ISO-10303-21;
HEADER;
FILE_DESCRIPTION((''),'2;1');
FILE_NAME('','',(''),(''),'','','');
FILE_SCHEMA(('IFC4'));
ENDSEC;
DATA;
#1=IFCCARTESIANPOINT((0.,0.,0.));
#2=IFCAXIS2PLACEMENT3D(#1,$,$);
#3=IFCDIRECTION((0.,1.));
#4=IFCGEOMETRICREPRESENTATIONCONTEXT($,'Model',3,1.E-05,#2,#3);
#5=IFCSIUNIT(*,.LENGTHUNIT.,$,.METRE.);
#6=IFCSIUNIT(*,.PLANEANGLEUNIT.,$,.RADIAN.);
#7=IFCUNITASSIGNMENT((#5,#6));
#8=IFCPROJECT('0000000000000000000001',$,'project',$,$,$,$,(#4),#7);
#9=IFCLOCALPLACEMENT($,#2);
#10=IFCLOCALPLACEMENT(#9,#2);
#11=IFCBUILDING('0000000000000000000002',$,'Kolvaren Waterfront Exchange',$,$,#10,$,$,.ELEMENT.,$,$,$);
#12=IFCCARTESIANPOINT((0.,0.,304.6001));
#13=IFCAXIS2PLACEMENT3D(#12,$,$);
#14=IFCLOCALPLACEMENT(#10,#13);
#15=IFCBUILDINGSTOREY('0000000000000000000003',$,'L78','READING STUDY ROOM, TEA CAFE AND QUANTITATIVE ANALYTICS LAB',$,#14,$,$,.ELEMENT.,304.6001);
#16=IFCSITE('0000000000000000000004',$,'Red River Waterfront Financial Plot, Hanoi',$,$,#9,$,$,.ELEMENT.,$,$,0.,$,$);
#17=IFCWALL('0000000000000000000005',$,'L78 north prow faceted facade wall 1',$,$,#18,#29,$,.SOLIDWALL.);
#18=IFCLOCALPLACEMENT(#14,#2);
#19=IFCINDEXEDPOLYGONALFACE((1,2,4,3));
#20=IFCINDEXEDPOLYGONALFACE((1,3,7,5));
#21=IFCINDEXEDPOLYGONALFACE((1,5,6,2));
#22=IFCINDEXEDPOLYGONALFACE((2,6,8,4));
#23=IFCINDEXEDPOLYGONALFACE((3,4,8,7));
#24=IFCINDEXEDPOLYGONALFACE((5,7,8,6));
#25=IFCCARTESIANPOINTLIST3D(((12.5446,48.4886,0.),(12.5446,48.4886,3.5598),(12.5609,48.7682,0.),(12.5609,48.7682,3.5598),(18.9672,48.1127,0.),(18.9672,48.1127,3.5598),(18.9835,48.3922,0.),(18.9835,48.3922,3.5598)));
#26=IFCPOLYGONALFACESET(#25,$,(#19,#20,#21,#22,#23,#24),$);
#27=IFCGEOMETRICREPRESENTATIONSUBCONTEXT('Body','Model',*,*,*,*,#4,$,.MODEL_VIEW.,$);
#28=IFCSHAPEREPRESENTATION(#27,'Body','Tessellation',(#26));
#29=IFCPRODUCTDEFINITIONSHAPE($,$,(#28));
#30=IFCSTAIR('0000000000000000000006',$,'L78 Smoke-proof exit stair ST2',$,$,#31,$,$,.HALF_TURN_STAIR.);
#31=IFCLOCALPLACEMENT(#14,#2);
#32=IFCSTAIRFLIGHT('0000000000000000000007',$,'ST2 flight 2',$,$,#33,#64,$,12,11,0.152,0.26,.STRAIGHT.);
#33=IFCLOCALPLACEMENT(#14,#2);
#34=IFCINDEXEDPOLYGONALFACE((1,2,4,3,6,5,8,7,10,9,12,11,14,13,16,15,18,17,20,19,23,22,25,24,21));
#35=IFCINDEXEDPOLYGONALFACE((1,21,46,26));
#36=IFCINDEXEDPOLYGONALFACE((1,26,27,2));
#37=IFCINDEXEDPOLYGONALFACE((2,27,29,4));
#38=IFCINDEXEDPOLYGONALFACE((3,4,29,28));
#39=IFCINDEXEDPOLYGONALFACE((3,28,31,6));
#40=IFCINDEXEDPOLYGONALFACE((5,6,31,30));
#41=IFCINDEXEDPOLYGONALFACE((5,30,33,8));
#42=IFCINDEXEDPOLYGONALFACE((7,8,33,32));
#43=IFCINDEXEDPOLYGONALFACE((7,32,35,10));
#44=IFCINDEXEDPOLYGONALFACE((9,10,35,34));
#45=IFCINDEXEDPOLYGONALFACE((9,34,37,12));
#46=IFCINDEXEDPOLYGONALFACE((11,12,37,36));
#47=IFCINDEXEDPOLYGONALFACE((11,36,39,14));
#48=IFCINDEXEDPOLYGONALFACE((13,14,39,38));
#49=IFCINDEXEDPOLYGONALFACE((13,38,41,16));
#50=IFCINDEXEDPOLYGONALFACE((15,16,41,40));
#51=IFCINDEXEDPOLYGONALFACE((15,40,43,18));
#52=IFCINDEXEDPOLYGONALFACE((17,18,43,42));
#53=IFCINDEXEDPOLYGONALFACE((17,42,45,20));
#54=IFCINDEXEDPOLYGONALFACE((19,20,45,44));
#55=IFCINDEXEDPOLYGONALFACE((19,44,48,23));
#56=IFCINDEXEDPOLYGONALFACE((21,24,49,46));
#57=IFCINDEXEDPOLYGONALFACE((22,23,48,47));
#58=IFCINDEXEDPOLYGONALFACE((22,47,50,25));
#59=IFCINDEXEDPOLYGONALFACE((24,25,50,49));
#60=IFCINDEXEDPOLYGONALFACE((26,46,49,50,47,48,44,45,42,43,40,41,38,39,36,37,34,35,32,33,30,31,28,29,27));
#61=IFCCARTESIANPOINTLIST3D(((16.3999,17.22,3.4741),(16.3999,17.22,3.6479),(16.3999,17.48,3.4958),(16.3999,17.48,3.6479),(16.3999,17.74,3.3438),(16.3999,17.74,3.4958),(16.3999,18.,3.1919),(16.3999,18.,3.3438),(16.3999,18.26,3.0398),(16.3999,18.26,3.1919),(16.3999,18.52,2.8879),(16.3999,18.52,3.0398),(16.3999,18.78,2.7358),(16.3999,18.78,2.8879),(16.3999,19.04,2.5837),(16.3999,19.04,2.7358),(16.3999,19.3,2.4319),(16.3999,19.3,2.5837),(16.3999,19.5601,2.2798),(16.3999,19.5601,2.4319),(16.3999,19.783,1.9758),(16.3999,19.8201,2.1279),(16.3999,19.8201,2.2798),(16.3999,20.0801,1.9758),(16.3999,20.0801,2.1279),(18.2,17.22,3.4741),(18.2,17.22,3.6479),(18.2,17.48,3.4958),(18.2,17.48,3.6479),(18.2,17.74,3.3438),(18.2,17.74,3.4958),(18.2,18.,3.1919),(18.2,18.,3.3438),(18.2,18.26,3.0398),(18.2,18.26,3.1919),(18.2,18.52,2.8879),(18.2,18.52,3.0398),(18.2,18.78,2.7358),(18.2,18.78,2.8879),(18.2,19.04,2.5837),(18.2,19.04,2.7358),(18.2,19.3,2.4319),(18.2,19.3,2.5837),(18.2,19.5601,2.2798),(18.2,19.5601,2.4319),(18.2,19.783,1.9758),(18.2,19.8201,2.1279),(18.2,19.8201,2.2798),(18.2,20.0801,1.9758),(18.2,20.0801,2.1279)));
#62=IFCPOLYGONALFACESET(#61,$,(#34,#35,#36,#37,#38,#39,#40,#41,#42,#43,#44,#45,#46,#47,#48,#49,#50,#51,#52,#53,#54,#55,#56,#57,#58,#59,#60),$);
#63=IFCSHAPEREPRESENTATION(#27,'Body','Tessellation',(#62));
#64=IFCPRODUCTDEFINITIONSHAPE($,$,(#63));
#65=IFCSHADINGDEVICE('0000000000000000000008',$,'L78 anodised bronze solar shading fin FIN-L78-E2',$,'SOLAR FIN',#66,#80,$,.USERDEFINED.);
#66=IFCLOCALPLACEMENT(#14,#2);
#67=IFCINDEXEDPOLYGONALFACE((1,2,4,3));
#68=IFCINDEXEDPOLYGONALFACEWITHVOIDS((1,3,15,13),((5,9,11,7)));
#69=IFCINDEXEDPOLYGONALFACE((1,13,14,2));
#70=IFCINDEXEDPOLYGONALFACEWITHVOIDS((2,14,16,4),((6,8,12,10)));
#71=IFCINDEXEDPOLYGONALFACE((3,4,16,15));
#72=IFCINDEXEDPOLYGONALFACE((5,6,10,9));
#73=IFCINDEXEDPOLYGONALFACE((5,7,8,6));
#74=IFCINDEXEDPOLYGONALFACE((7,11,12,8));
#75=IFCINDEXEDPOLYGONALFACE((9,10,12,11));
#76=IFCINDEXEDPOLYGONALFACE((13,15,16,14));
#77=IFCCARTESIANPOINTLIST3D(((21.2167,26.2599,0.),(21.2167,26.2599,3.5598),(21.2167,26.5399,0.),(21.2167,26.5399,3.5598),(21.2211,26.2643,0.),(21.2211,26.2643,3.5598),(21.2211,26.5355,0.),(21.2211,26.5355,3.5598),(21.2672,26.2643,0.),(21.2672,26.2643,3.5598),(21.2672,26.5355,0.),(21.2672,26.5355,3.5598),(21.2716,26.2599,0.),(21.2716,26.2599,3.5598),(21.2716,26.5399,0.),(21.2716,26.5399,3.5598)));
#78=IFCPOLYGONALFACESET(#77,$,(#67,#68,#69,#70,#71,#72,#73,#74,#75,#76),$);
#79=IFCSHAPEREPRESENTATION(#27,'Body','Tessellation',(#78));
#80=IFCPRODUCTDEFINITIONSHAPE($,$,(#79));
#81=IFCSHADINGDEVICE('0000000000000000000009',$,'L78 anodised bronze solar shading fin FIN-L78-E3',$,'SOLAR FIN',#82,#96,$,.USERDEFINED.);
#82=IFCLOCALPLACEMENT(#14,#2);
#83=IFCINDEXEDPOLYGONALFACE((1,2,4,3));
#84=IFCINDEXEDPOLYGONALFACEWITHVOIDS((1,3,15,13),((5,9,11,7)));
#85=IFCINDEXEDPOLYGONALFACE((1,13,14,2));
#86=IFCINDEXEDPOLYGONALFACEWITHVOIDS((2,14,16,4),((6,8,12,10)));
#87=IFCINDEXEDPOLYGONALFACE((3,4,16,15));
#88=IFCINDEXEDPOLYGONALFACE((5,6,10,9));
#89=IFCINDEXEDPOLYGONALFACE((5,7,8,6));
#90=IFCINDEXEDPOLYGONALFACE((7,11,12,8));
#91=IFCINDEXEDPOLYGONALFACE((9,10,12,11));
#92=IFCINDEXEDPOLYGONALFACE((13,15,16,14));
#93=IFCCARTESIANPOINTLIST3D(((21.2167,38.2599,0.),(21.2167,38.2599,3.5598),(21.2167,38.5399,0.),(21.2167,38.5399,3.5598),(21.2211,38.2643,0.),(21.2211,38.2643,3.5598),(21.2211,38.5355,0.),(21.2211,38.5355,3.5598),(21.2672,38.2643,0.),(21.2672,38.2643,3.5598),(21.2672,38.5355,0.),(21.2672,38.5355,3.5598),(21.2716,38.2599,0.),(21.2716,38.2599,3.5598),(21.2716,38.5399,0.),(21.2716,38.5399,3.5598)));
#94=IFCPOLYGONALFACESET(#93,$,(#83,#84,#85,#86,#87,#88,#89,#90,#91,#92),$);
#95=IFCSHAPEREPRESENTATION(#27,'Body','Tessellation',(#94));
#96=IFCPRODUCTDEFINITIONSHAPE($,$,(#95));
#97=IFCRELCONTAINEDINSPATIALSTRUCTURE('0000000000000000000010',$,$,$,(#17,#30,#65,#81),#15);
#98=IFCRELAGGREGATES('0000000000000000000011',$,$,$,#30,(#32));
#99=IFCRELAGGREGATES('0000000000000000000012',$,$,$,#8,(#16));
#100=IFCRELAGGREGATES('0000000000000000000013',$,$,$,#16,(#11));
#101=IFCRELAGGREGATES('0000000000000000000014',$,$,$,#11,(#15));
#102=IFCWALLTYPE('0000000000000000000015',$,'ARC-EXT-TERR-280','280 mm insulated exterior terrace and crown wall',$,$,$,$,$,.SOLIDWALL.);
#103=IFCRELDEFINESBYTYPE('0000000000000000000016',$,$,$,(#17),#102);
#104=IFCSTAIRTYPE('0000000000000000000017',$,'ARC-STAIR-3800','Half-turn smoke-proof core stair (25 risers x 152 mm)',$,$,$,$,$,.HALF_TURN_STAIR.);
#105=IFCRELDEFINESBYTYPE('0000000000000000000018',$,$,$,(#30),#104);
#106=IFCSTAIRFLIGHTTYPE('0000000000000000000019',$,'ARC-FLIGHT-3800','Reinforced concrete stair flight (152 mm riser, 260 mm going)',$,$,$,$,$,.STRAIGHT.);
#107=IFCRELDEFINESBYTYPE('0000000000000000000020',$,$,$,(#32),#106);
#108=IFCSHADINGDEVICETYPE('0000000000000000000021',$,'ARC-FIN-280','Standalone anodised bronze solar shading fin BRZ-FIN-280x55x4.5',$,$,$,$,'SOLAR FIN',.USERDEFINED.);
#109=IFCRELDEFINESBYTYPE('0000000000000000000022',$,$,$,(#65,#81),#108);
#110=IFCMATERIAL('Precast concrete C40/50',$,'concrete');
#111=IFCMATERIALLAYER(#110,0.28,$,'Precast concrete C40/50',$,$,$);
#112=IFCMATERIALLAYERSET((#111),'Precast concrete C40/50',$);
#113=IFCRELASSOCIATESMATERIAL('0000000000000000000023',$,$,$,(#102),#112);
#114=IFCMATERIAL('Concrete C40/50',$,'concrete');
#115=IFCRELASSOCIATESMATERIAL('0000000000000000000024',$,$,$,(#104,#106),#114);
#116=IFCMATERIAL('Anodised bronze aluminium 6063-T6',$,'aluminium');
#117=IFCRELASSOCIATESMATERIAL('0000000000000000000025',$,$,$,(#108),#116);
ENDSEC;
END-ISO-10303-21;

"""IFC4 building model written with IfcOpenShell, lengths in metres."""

from ifc_helpers import new_model, si_unit, direction, frame, frame_2d, origin, origin_2d, place, context, subcontext, project, spatial, polyline, rectangle, hollow_rectangle, outline, extrude, material, layer, layer_set, material_profile, profile_set, type_object, element, aggregate, save


model = new_model("IFC4")

# Units and contexts
model_context = context("Model", 3, precision=1e-05, world=origin(), true_north=direction((0.0, 1.0)))
body_context = subcontext(model_context, "Body", "Model", "MODEL_VIEW")
ifc_project = project(units=[si_unit("LENGTHUNIT", "METRE"), si_unit("PLANEANGLEUNIT", "RADIAN")], contexts=[model_context])

# Site, building, storey
site_placement = place(None, origin())
site = spatial("IfcSite", under=ifc_project, at=site_placement, Name="Red River Waterfront Financial Plot, Hanoi", CompositionType="ELEMENT", RefElevation=0.0)
building_placement = place(site_placement, origin())
building = spatial("IfcBuilding", under=site, at=building_placement, Name="Kolvaren Waterfront Exchange", CompositionType="ELEMENT")
storey_placement = place(building_placement, frame((0.0, 0.0, 304.6001)))
storey = spatial("IfcBuildingStorey", under=building, at=storey_placement, Name="L78", Description="READING STUDY ROOM, TEA CAFE AND QUANTITATIVE ANALYTICS LAB", CompositionType="ELEMENT", Elevation=304.6001)

# Shared definitions
ifc_material_1 = material(Name="Anodised bronze aluminium 6063-T6", Category="aluminium")

# Wall
ifc_material_2 = material(Name="Precast concrete C40/50", Category="concrete")
ifc_layer_1 = layer(ifc_material_2, 0.28, Name="Precast concrete C40/50")
ifc_layer_set_1 = layer_set([ifc_layer_1], Name="Precast concrete C40/50")
wall_type = type_object("IfcWallType", Name="ARC-EXT-TERR-280", Description="280 mm insulated exterior terrace and crown wall", PredefinedType="SOLIDWALL", material=ifc_layer_set_1)
wall_1_placement = place(storey_placement, frame((18.9753, 48.2524, 0.0), z_axis=(0.0, 0.0, 1.0), x_axis=(-0.998291, 0.05844, 0.0)))
element("IfcWall", 1, at=wall_1_placement, inside=storey, type_object=wall_type, Name="L78 north prow faceted facade wall 1", PredefinedType="SOLIDWALL", context=body_context, shape_type="SweptSolid", body=[
    extrude(rectangle(XDim=6.4336, YDim=0.28, at=frame_2d((3.2168, 0.0))), origin(), (0.0, 0.0, 1.0), 3.5598),
])

# Stair, stair flight
ifc_material_3 = material(Name="Concrete C40/50", Category="concrete")
stair_type = type_object("IfcStairType", Name="ARC-STAIR-3800", Description="Half-turn smoke-proof core stair (25 risers x 152 mm)", PredefinedType="HALF_TURN_STAIR", material=ifc_material_3)
stair_placement = place(storey_placement, origin())
stair = element("IfcStair", 2, at=stair_placement, inside=storey, type_object=stair_type, Name="L78 Smoke-proof exit stair ST2", PredefinedType="HALF_TURN_STAIR")
stair_flight_type = type_object("IfcStairFlightType", Name="ARC-FLIGHT-3800", Description="Reinforced concrete stair flight (152 mm riser, 260 mm going)", PredefinedType="STRAIGHT", material=ifc_material_3)
stair_flight_placement = place(storey_placement, frame((17.3, 20.0801, 1.9758), z_axis=(0.0, 0.0, 1.0), x_axis=(0.0, -1.0, 0.0)))
stair_flight = element("IfcStairFlight", 3, at=stair_flight_placement, type_object=stair_flight_type, Name="ST2 flight 2", NumberOfRisers=12, NumberOfTreads=11, PredefinedType="STRAIGHT", RiserHeight=0.152, TreadLength=0.26, context=body_context, shape_type="SweptSolid", body=[
    extrude(outline(polyline([(0.0, 0.0), (0.0, 0.1521), (0.26, 0.1521), (0.26, 0.304), (0.52, 0.304), (0.52, 0.4561), (0.78, 0.4561), (0.78, 0.6079), (1.04, 0.6079), (1.04, 0.76), (1.3, 0.76), (1.3, 0.9121), (1.5601, 0.9121), (1.5601, 1.064), (1.8201, 1.064), (1.8201, 1.2161), (2.0801, 1.2161), (2.0801, 1.3679), (2.3401, 1.3679), (2.3401, 1.52), (2.6001, 1.52), (2.6001, 1.6721), (2.8601, 1.6721), (2.8601, 1.824), (2.8601, 1.4983), (0.2971, 0.0), (0.0, 0.0)])), frame((0.0, 0.8999, 0.0), z_axis=(0.0, -1.0, 0.0), x_axis=(1.0, 0.0, 0.0)), (0.0, 0.0, 1.0), 1.8),
])
aggregate(stair, [stair_flight])

# Shading devices
ifc_material_profile_1 = material_profile(ifc_material_1, hollow_rectangle(XDim=0.0549, YDim=0.28, WallThickness=0.0044, at=origin_2d()), Name="BRZ-FIN-280x55x4.5")
ifc_profile_set_1 = profile_set([ifc_material_profile_1], Name="Anodised bronze aluminium 6063-T6")
shading_device_type = type_object("IfcShadingDeviceType", Name="ARC-FIN-280", Description="Standalone anodised bronze solar shading fin BRZ-FIN-280x55x4.5", ElementType="SOLAR FIN", PredefinedType="USERDEFINED", material=ifc_profile_set_1)
for number, where, z_axis, x_axis, name in (
    (4, (21.2441, 26.3999, 0.0), (0.0, 0.0, 1.0), (1.0, 0.0, 0.0), "L78 anodised bronze solar shading fin FIN-L78-E2"),
    (5, (21.2441, 38.3999, 0.0), (0.0, 0.0, 1.0), (1.0, 0.0, 0.0), "L78 anodised bronze solar shading fin FIN-L78-E3"),
):
    element("IfcShadingDevice", number, at=place(storey_placement, frame(where, z_axis=z_axis, x_axis=x_axis)), inside=storey, type_object=shading_device_type, Name=name, ObjectType="SOLAR FIN", PredefinedType="USERDEFINED", context=body_context, shape_type="SweptSolid", body=[
        extrude(hollow_rectangle(XDim=0.0549, YDim=0.28, WallThickness=0.0044, at=origin_2d()), origin(), (0.0, 0.0, 1.0), 3.5598),
    ])

save(model, "model.ifc")
